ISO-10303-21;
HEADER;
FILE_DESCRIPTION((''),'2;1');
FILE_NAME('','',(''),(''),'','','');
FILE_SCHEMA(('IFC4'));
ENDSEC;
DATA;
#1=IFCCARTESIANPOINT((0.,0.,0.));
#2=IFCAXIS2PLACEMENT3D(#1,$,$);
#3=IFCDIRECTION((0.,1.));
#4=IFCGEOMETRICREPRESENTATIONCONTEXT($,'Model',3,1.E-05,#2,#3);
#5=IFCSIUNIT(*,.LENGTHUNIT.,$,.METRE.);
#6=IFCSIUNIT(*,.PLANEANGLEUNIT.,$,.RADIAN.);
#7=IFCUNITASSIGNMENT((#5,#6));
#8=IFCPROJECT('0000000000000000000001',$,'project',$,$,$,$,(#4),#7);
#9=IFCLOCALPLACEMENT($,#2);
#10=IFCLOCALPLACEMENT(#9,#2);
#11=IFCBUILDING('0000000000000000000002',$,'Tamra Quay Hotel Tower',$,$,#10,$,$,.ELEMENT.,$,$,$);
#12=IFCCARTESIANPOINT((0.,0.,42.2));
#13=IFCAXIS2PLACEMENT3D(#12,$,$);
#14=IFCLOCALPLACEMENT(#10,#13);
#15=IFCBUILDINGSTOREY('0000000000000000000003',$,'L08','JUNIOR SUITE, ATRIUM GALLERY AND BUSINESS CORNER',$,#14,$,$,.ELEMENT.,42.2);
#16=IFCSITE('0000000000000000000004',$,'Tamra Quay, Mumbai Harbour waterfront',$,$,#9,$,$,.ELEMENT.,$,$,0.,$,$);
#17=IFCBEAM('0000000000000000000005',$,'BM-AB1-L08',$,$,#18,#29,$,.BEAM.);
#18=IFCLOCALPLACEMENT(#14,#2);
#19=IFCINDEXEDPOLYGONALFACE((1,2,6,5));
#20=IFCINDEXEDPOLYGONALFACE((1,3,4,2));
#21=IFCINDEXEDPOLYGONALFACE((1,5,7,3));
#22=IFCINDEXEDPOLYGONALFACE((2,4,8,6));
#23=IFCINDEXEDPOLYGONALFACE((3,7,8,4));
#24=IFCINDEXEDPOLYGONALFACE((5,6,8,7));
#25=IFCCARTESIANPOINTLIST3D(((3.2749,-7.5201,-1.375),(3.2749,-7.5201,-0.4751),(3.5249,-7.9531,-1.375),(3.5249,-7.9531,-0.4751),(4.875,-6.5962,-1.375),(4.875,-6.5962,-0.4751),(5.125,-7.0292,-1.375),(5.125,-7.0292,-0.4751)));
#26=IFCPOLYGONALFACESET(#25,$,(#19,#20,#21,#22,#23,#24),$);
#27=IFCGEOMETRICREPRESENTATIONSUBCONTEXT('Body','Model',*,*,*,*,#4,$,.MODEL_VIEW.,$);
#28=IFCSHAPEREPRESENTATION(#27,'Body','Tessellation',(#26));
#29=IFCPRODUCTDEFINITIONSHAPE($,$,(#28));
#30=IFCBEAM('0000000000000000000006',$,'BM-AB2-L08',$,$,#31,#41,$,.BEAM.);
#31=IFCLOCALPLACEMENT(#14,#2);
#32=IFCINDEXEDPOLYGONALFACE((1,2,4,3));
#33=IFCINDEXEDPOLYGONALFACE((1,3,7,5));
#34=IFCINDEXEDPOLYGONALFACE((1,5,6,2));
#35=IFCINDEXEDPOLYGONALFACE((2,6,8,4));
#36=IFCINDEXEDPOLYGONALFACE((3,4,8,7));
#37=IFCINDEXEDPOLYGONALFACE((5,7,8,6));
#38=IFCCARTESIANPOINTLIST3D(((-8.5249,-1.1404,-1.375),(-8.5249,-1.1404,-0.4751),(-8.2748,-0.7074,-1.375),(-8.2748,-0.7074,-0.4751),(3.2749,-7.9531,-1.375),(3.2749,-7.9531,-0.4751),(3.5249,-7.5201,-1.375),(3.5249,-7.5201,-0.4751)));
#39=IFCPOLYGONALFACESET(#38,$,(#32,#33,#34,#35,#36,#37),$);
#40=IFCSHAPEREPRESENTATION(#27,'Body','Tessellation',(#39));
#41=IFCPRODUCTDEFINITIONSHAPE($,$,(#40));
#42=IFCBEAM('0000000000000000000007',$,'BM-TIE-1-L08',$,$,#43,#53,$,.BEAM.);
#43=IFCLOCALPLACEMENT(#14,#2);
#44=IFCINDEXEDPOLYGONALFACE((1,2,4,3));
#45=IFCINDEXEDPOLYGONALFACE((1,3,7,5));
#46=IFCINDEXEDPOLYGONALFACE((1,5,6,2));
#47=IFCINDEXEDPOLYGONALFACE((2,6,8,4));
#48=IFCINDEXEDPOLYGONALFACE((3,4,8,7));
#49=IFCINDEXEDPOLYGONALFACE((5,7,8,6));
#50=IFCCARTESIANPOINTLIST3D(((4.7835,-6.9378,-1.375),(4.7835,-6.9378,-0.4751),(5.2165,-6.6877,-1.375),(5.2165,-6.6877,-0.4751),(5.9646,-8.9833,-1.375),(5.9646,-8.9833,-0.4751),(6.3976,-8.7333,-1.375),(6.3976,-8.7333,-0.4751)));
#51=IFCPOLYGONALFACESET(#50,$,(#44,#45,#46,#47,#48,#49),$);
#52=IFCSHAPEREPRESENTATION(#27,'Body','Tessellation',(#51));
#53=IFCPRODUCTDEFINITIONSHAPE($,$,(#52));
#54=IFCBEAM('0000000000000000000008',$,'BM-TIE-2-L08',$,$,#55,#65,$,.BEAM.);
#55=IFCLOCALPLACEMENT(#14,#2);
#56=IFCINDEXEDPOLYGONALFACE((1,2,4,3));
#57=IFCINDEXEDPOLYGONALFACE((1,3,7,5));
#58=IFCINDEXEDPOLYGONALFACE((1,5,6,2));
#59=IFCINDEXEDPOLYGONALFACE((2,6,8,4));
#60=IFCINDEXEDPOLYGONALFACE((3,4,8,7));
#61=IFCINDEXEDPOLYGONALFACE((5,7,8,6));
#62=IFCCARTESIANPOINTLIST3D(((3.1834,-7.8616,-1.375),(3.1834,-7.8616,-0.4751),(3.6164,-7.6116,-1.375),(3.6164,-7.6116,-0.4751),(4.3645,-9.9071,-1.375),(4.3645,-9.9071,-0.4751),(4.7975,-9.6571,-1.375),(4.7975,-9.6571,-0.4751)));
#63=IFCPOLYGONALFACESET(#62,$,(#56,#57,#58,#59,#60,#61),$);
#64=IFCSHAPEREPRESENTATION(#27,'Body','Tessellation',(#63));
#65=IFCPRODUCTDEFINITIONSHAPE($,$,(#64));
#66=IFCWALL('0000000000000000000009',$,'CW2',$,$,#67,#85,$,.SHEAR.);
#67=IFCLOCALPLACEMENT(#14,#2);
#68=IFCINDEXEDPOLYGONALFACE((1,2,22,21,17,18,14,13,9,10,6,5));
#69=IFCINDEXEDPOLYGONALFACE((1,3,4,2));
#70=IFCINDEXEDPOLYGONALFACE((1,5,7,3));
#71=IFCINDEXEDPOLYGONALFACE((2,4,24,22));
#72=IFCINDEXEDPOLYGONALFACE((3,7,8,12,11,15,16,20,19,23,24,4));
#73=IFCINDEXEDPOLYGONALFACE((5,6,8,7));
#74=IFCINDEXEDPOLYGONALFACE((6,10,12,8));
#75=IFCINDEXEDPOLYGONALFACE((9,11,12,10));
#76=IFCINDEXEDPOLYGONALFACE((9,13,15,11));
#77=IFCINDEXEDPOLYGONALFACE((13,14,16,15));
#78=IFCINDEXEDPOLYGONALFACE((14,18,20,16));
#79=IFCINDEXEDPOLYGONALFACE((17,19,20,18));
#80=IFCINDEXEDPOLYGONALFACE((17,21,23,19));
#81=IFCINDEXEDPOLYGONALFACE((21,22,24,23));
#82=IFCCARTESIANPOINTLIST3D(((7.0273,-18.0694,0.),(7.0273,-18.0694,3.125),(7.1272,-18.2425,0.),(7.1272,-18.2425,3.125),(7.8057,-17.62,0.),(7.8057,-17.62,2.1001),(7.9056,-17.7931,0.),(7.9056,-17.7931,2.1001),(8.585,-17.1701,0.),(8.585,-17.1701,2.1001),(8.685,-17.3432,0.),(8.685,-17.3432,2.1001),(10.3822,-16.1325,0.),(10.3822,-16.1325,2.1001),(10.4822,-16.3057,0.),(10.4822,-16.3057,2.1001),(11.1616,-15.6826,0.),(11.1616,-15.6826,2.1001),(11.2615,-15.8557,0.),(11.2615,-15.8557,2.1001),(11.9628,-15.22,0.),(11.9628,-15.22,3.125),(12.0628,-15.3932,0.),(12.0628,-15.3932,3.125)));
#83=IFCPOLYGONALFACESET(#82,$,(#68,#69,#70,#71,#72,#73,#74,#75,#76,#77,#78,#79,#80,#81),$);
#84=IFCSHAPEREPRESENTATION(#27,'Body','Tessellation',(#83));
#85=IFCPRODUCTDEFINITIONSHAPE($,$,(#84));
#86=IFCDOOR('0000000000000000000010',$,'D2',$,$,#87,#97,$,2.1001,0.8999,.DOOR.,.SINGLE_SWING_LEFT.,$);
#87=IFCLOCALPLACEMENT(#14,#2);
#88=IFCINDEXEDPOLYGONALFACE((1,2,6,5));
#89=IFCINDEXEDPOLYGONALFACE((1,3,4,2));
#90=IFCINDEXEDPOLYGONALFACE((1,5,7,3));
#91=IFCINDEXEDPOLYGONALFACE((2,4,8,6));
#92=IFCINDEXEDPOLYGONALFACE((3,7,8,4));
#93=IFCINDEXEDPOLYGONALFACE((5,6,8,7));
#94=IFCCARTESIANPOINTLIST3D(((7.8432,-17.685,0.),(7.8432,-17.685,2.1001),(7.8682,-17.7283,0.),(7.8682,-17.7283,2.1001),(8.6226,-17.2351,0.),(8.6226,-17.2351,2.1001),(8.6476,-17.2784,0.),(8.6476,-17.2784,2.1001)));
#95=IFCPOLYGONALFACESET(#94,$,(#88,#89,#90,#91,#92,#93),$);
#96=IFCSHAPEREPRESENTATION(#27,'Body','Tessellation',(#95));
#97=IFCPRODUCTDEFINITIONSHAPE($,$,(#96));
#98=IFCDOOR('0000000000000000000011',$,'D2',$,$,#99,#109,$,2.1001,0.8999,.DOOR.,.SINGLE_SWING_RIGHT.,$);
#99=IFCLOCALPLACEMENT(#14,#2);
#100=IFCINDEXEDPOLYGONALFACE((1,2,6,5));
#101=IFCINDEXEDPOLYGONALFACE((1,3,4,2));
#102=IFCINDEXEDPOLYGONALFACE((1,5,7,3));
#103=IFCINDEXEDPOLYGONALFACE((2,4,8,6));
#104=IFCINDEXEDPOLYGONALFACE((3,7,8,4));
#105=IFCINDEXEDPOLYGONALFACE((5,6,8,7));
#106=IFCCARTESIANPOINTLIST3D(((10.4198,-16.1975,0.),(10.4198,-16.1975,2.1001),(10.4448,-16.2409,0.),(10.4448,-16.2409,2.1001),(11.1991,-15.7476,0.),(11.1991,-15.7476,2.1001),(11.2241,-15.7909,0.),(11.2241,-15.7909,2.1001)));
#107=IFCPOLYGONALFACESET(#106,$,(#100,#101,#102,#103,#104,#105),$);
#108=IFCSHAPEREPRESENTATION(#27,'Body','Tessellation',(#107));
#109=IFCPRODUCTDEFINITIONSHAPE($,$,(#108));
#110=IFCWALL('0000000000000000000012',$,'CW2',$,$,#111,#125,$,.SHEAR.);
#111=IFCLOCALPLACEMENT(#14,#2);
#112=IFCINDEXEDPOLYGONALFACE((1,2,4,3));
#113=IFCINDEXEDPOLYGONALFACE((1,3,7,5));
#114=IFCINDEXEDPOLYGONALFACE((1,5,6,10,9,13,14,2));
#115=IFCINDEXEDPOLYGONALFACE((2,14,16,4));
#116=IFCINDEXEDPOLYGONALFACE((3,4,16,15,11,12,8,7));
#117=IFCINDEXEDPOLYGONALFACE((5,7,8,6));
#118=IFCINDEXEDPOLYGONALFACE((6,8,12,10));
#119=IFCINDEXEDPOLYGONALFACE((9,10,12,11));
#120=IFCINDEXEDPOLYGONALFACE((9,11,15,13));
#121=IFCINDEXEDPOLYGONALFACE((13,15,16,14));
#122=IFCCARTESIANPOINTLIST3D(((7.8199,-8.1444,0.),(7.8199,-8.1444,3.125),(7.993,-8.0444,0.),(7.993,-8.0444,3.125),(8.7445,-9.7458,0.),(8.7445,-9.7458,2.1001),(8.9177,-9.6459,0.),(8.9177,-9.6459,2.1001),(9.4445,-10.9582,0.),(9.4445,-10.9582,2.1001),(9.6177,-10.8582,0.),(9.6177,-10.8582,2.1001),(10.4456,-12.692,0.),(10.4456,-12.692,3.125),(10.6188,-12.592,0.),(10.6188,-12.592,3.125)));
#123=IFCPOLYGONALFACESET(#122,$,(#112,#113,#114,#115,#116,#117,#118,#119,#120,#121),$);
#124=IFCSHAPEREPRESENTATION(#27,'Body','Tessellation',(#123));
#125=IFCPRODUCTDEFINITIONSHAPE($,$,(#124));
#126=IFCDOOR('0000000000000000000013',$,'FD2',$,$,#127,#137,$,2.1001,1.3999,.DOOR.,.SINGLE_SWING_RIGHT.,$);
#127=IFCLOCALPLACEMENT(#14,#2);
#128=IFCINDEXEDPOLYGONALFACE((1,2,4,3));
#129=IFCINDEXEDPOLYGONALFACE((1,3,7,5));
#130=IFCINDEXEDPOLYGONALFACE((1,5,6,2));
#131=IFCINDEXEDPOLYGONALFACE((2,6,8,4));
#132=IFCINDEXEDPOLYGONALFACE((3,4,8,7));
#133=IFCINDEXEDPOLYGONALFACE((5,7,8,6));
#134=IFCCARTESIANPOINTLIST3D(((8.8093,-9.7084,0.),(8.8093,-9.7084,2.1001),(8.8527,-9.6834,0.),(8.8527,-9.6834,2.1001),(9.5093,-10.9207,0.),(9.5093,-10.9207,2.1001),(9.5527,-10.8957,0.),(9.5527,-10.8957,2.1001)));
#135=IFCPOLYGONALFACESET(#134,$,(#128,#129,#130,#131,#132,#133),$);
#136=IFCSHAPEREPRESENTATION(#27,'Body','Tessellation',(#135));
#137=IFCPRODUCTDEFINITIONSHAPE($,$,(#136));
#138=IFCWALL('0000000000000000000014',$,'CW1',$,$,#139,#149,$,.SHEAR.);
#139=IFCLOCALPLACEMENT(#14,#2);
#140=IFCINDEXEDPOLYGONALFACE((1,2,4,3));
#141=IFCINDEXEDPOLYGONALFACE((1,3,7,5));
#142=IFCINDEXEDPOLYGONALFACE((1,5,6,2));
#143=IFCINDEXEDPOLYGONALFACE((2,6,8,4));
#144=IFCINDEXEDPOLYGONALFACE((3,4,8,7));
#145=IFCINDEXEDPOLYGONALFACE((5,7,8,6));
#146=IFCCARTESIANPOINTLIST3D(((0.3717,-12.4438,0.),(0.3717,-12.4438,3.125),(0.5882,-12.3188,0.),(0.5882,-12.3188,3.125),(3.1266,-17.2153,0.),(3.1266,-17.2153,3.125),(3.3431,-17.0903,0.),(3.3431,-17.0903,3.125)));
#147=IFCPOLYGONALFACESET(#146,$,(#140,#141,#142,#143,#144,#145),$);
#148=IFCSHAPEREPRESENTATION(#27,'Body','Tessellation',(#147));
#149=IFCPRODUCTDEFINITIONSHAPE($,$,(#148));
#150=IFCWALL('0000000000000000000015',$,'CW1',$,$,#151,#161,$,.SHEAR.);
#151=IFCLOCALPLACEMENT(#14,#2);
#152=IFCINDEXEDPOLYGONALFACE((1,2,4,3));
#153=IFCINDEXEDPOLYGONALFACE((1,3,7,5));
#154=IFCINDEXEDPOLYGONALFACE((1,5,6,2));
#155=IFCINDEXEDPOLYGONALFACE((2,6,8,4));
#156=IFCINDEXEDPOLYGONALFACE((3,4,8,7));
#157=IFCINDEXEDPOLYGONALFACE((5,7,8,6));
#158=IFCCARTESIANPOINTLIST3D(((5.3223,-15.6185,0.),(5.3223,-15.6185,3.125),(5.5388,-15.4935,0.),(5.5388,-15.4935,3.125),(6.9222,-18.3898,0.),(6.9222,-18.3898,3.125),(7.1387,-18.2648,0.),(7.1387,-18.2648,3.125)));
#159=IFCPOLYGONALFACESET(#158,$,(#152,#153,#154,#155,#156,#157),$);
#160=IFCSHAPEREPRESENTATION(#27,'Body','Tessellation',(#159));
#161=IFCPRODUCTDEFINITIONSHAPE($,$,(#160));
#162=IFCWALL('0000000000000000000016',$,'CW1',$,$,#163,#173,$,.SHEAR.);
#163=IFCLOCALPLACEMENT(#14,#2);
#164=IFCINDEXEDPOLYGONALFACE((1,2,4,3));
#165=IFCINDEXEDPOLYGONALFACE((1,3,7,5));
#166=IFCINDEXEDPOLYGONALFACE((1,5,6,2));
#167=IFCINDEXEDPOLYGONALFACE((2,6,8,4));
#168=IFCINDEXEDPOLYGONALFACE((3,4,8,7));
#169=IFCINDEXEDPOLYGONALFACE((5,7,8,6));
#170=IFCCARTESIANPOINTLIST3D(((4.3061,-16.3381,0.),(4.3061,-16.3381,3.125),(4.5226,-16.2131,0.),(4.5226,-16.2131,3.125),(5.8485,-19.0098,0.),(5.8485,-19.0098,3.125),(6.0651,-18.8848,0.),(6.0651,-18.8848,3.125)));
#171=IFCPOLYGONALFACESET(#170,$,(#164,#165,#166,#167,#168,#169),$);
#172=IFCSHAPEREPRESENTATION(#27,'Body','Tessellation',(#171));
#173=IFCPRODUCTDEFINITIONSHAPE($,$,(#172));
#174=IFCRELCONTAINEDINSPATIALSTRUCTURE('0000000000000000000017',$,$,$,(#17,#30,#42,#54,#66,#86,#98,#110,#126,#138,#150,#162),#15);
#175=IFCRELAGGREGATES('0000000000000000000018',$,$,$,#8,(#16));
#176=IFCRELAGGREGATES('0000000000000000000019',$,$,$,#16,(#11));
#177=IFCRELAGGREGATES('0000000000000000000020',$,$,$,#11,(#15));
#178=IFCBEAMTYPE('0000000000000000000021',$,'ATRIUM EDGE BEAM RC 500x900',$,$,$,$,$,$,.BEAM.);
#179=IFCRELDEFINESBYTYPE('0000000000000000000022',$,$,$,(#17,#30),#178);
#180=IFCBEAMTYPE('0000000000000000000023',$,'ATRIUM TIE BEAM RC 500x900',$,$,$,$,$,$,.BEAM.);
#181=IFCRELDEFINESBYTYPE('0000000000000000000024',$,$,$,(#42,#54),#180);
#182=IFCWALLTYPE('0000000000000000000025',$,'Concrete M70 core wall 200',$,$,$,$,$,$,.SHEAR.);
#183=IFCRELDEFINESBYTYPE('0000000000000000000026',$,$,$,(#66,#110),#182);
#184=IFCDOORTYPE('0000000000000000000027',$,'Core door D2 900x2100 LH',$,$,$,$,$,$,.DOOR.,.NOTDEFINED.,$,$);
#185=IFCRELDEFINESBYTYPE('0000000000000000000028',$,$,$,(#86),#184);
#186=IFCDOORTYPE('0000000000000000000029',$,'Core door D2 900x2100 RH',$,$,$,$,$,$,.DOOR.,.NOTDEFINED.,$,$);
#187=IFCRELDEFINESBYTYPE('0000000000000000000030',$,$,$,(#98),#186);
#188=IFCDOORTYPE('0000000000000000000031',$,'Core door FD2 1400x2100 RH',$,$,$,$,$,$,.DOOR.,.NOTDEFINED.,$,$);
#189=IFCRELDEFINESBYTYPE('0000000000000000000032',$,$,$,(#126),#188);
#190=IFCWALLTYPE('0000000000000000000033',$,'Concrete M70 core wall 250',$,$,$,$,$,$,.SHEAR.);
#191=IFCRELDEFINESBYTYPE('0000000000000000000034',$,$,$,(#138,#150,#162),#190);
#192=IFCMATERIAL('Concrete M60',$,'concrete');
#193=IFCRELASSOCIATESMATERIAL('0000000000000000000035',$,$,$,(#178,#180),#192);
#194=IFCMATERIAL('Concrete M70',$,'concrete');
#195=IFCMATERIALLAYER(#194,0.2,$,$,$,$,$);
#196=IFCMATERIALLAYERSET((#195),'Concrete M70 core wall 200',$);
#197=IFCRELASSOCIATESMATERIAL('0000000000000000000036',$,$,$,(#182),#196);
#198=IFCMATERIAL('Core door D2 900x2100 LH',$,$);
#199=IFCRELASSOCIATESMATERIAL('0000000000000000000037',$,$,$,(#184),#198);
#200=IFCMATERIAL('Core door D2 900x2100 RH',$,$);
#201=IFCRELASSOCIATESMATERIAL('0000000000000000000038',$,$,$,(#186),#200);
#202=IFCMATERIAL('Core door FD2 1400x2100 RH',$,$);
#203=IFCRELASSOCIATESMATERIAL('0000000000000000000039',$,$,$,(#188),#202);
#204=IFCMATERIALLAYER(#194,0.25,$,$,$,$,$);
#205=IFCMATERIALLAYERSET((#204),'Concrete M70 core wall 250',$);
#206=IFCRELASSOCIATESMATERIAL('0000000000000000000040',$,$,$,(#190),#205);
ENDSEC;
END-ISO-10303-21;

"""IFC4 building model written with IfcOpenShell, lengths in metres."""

from ifc_helpers import new_model, si_unit, direction, frame, frame_2d, origin, origin_2d, place, context, subcontext, project, spatial, rectangle, extrude, material, layer, layer_set, material_profile, profile_set, type_object, element, fill, save


model = new_model("IFC4")

# Units and contexts
model_context = context("Model", 3, precision=1e-05, world=origin(), true_north=direction((0.0, 1.0)))
body_context = subcontext(model_context, "Body", "Model", "MODEL_VIEW")
ifc_project = project(units=[si_unit("LENGTHUNIT", "METRE"), si_unit("PLANEANGLEUNIT", "RADIAN")], contexts=[model_context])

# Site, building, storey
site_placement = place(None, origin())
site = spatial("IfcSite", under=ifc_project, at=site_placement, Name="Tamra Quay, Mumbai Harbour waterfront", CompositionType="ELEMENT", RefElevation=0.0)
building_placement = place(site_placement, origin())
building = spatial("IfcBuilding", under=site, at=building_placement, Name="Tamra Quay Hotel Tower", CompositionType="ELEMENT")
storey_placement = place(building_placement, frame((0.0, 0.0, 42.2)))
storey = spatial("IfcBuildingStorey", under=building, at=storey_placement, Name="L08", Description="JUNIOR SUITE, ATRIUM GALLERY AND BUSINESS CORNER", CompositionType="ELEMENT", Elevation=42.2)

# Beams
ifc_material_1 = material(Name="Concrete M60", Category="concrete")
ifc_material_profile_1 = material_profile(ifc_material_1, rectangle(XDim=0.5, YDim=0.8999, at=origin_2d()), Name="ATRIUM EDGE BEAM RC 500x900")
ifc_profile_set_1 = profile_set([ifc_material_profile_1], Name="Concrete M60")
beam_type_1 = type_object("IfcBeamType", Name="ATRIUM EDGE BEAM RC 500x900", PredefinedType="BEAM", material=ifc_profile_set_1)
beam_1_placement = place(storey_placement, frame((5.0, -6.8127, -0.925), z_axis=(-0.866023, -0.500005, 0.0), x_axis=(0.500005, -0.866023, 0.0)))
element("IfcBeam", 1, at=beam_1_placement, inside=storey, type_object=beam_type_1, Name="BM-AB1-L08", PredefinedType="BEAM", context=body_context, shape_type="SweptSolid", body=[
    extrude(rectangle(XDim=0.5, YDim=0.8999, at=origin_2d()), origin(), (0.0, 0.0, 1.0), 1.8477),
])
beam_2_placement = place(storey_placement, frame((3.3999, -7.7366, -0.925), z_axis=(-0.866021, 0.500007, 0.0), x_axis=(-0.500007, -0.866021, 0.0)))
element("IfcBeam", 2, at=beam_2_placement, inside=storey, type_object=beam_type_1, Name="BM-AB2-L08", PredefinedType="BEAM", context=body_context, shape_type="SweptSolid", body=[
    extrude(rectangle(XDim=0.5, YDim=0.8999, at=origin_2d()), origin(), (0.0, 0.0, 1.0), 13.6252),
])
ifc_material_profile_2 = material_profile(ifc_material_1, rectangle(XDim=0.5, YDim=0.8999, at=origin_2d()), Name="ATRIUM TIE BEAM RC 500x900")
ifc_profile_set_2 = profile_set([ifc_material_profile_2], Name="Concrete M60")
beam_type_2 = type_object("IfcBeamType", Name="ATRIUM TIE BEAM RC 500x900", PredefinedType="BEAM", material=ifc_profile_set_2)
for number, where, z_axis, x_axis, name in (
    (3, (5.0, -6.8127, -0.925), (0.50003, -0.866008, 0.0), (0.866008, 0.50003, 0.0), "BM-TIE-1-L08"),
    (4, (3.3999, -7.7366, -0.925), (0.50003, -0.866008, 0.0), (0.866008, 0.50003, 0.0), "BM-TIE-2-L08"),
):
    element("IfcBeam", number, at=place(storey_placement, frame(where, z_axis=z_axis, x_axis=x_axis)), inside=storey, type_object=beam_type_2, Name=name, PredefinedType="BEAM", context=body_context, shape_type="SweptSolid", body=[
        extrude(rectangle(XDim=0.5, YDim=0.8999, at=origin_2d()), origin(), (0.0, 0.0, 1.0), 2.3621),
    ])

# Wall, openings, doors
ifc_material_2 = material(Name="Concrete M70", Category="concrete")
ifc_layer_1 = layer(ifc_material_2, 0.2)
ifc_layer_set_1 = layer_set([ifc_layer_1], Name="Concrete M70 core wall 200")
wall_type_1 = type_object("IfcWallType", Name="Concrete M70 core wall 200", PredefinedType="SHEAR", material=ifc_layer_set_1)
wall_1_placement = place(storey_placement, frame((7.0771, -18.156, 0.0), z_axis=(0.0, 0.0, 1.0), x_axis=(0.866039, 0.499977, 0.0)))
wall_1 = element("IfcWall", 5, at=wall_1_placement, inside=storey, type_object=wall_type_1, Name="CW2", PredefinedType="SHEAR", context=body_context, shape_type="SweptSolid", body=[
    extrude(rectangle(XDim=5.699, YDim=0.2, at=frame_2d((2.8496, 0.0))), origin(), (0.0, 0.0, 1.0), 3.125),
])
opening_1_placement = place(wall_1_placement, frame((0.8989, 0.0, 0.0)))
opening_1 = element("IfcOpeningElement", 6, at=opening_1_placement, cuts=wall_1, PredefinedType="OPENING", context=body_context, shape_type="SweptSolid", body=[
    extrude(rectangle(XDim=0.8999, YDim=2.1001, at=frame_2d((0.45, 1.05))), frame((0.0, 0.1099, 0.0), z_axis=(0.0, -1.0, 0.0), x_axis=(1.0, 0.0, 0.0)), (0.0, 0.0, 1.0), 0.22),
])
opening_2_placement = place(wall_1_placement, frame((3.874, 0.0, 0.0)))
opening_2 = element("IfcOpeningElement", 7, at=opening_2_placement, cuts=wall_1, PredefinedType="OPENING", context=body_context, shape_type="SweptSolid", body=[
    extrude(rectangle(XDim=0.8999, YDim=2.1001, at=frame_2d((0.45, 1.05))), frame((0.0, 0.1099, 0.0), z_axis=(0.0, -1.0, 0.0), x_axis=(1.0, 0.0, 0.0)), (0.0, 0.0, 1.0), 0.22),
])
ifc_material_3 = material(Name="Core door D2 900x2100 LH")
door_type_1 = type_object("IfcDoorType", Name="Core door D2 900x2100 LH", OperationType="NOTDEFINED", PredefinedType="DOOR", material=ifc_material_3)
door_1_placement = place(opening_1_placement, origin())
door_1 = element("IfcDoor", 8, at=door_1_placement, inside=storey, type_object=door_type_1, Name="D2", OperationType="SINGLE_SWING_LEFT", OverallHeight=2.1001, OverallWidth=0.8999, PredefinedType="DOOR", context=body_context, shape_type="SweptSolid", body=[
    extrude(rectangle(XDim=0.8999, YDim=2.1001, at=frame_2d((0.45, 1.05))), frame((0.0, 0.0249, 0.0), z_axis=(0.0, -1.0, 0.0), x_axis=(1.0, 0.0, 0.0)), (0.0, 0.0, 1.0), 0.05),
])
fill(opening_1, door_1)
ifc_material_4 = material(Name="Core door D2 900x2100 RH")
door_type_2 = type_object("IfcDoorType", Name="Core door D2 900x2100 RH", OperationType="NOTDEFINED", PredefinedType="DOOR", material=ifc_material_4)
door_2_placement = place(opening_2_placement, origin())
door_2 = element("IfcDoor", 9, at=door_2_placement, inside=storey, type_object=door_type_2, Name="D2", OperationType="SINGLE_SWING_RIGHT", OverallHeight=2.1001, OverallWidth=0.8999, PredefinedType="DOOR", context=body_context, shape_type="SweptSolid", body=[
    extrude(rectangle(XDim=0.8999, YDim=2.1001, at=frame_2d((0.45, 1.05))), frame((0.0, 0.0249, 0.0), z_axis=(0.0, -1.0, 0.0), x_axis=(1.0, 0.0, 0.0)), (0.0, 0.0, 1.0), 0.05),
])
fill(opening_2, door_2)

# Wall, opening, door
wall_2_placement = place(storey_placement, frame((7.9065, -8.0945, 0.0), z_axis=(0.0, 0.0, 1.0), x_axis=(0.500024, -0.866011, 0.0)))
wall_2 = element("IfcWall", 10, at=wall_2_placement, inside=storey, type_object=wall_type_1, Name="CW2", PredefinedType="SHEAR", context=body_context, shape_type="SweptSolid", body=[
    extrude(rectangle(XDim=5.2512, YDim=0.2, at=frame_2d((2.6255, 0.0))), origin(), (0.0, 0.0, 1.0), 3.125),
])
opening_3_placement = place(wall_2_placement, frame((1.8491, 0.0, 0.0)))
opening_3 = element("IfcOpeningElement", 11, at=opening_3_placement, cuts=wall_2, PredefinedType="OPENING", context=body_context, shape_type="SweptSolid", body=[
    extrude(rectangle(XDim=1.3999, YDim=2.1001, at=frame_2d((0.7, 1.05))), frame((0.0, 0.1099, 0.0), z_axis=(0.0, -1.0, 0.0), x_axis=(1.0, 0.0, 0.0)), (0.0, 0.0, 1.0), 0.22),
])
ifc_material_5 = material(Name="Core door FD2 1400x2100 RH")
door_type_3 = type_object("IfcDoorType", Name="Core door FD2 1400x2100 RH", OperationType="NOTDEFINED", PredefinedType="DOOR", material=ifc_material_5)
door_3_placement = place(opening_3_placement, origin())
door_3 = element("IfcDoor", 12, at=door_3_placement, inside=storey, type_object=door_type_3, Name="FD2", OperationType="SINGLE_SWING_RIGHT", OverallHeight=2.1001, OverallWidth=1.3999, PredefinedType="DOOR", context=body_context, shape_type="SweptSolid", body=[
    extrude(rectangle(XDim=1.3999, YDim=2.1001, at=frame_2d((0.7, 1.05))), frame((0.0, 0.0249, 0.0), z_axis=(0.0, -1.0, 0.0), x_axis=(1.0, 0.0, 0.0)), (0.0, 0.0, 1.0), 0.05),
])
fill(opening_3, door_3)

# Walls
ifc_layer_2 = layer(ifc_material_2, 0.25)
ifc_layer_set_2 = layer_set([ifc_layer_2], Name="Concrete M70 core wall 250")
wall_type_2 = type_object("IfcWallType", Name="Concrete M70 core wall 250", PredefinedType="SHEAR", material=ifc_layer_set_2)
wall_3_placement = place(storey_placement, frame((3.2349, -17.1528, 0.0), z_axis=(0.0, 0.0, 1.0), x_axis=(-0.500009, 0.86602, 0.0)))
element("IfcWall", 13, at=wall_3_placement, inside=storey, type_object=wall_type_2, Name="CW1", PredefinedType="SHEAR", context=body_context, shape_type="SweptSolid", body=[
    extrude(rectangle(XDim=5.5098, YDim=0.25, at=frame_2d((2.7549, 0.0))), origin(), (0.0, 0.0, 1.0), 3.125),
])
wall_4_placement = place(storey_placement, frame((7.0305, -18.3274, 0.0), z_axis=(0.0, 0.0, 1.0), x_axis=(-0.499971, 0.866042, 0.0)))
element("IfcWall", 14, at=wall_4_placement, inside=storey, type_object=wall_type_2, Name="CW1", PredefinedType="SHEAR", context=body_context, shape_type="SweptSolid", body=[
    extrude(rectangle(XDim=3.2, YDim=0.25, at=frame_2d((1.6001, 0.0))), origin(), (0.0, 0.0, 1.0), 3.125),
])
wall_5_placement = place(storey_placement, frame((4.4143, -16.2756, 0.0), z_axis=(0.0, 0.0, 1.0), x_axis=(0.500003, -0.866023, 0.0)))
element("IfcWall", 15, at=wall_5_placement, inside=storey, type_object=wall_type_2, Name="CW1", PredefinedType="SHEAR", context=body_context, shape_type="SweptSolid", body=[
    extrude(rectangle(XDim=3.085, YDim=0.25, at=frame_2d((1.5425, 0.0))), origin(), (0.0, 0.0, 1.0), 3.125),
])

save(model, "model.ifc")
